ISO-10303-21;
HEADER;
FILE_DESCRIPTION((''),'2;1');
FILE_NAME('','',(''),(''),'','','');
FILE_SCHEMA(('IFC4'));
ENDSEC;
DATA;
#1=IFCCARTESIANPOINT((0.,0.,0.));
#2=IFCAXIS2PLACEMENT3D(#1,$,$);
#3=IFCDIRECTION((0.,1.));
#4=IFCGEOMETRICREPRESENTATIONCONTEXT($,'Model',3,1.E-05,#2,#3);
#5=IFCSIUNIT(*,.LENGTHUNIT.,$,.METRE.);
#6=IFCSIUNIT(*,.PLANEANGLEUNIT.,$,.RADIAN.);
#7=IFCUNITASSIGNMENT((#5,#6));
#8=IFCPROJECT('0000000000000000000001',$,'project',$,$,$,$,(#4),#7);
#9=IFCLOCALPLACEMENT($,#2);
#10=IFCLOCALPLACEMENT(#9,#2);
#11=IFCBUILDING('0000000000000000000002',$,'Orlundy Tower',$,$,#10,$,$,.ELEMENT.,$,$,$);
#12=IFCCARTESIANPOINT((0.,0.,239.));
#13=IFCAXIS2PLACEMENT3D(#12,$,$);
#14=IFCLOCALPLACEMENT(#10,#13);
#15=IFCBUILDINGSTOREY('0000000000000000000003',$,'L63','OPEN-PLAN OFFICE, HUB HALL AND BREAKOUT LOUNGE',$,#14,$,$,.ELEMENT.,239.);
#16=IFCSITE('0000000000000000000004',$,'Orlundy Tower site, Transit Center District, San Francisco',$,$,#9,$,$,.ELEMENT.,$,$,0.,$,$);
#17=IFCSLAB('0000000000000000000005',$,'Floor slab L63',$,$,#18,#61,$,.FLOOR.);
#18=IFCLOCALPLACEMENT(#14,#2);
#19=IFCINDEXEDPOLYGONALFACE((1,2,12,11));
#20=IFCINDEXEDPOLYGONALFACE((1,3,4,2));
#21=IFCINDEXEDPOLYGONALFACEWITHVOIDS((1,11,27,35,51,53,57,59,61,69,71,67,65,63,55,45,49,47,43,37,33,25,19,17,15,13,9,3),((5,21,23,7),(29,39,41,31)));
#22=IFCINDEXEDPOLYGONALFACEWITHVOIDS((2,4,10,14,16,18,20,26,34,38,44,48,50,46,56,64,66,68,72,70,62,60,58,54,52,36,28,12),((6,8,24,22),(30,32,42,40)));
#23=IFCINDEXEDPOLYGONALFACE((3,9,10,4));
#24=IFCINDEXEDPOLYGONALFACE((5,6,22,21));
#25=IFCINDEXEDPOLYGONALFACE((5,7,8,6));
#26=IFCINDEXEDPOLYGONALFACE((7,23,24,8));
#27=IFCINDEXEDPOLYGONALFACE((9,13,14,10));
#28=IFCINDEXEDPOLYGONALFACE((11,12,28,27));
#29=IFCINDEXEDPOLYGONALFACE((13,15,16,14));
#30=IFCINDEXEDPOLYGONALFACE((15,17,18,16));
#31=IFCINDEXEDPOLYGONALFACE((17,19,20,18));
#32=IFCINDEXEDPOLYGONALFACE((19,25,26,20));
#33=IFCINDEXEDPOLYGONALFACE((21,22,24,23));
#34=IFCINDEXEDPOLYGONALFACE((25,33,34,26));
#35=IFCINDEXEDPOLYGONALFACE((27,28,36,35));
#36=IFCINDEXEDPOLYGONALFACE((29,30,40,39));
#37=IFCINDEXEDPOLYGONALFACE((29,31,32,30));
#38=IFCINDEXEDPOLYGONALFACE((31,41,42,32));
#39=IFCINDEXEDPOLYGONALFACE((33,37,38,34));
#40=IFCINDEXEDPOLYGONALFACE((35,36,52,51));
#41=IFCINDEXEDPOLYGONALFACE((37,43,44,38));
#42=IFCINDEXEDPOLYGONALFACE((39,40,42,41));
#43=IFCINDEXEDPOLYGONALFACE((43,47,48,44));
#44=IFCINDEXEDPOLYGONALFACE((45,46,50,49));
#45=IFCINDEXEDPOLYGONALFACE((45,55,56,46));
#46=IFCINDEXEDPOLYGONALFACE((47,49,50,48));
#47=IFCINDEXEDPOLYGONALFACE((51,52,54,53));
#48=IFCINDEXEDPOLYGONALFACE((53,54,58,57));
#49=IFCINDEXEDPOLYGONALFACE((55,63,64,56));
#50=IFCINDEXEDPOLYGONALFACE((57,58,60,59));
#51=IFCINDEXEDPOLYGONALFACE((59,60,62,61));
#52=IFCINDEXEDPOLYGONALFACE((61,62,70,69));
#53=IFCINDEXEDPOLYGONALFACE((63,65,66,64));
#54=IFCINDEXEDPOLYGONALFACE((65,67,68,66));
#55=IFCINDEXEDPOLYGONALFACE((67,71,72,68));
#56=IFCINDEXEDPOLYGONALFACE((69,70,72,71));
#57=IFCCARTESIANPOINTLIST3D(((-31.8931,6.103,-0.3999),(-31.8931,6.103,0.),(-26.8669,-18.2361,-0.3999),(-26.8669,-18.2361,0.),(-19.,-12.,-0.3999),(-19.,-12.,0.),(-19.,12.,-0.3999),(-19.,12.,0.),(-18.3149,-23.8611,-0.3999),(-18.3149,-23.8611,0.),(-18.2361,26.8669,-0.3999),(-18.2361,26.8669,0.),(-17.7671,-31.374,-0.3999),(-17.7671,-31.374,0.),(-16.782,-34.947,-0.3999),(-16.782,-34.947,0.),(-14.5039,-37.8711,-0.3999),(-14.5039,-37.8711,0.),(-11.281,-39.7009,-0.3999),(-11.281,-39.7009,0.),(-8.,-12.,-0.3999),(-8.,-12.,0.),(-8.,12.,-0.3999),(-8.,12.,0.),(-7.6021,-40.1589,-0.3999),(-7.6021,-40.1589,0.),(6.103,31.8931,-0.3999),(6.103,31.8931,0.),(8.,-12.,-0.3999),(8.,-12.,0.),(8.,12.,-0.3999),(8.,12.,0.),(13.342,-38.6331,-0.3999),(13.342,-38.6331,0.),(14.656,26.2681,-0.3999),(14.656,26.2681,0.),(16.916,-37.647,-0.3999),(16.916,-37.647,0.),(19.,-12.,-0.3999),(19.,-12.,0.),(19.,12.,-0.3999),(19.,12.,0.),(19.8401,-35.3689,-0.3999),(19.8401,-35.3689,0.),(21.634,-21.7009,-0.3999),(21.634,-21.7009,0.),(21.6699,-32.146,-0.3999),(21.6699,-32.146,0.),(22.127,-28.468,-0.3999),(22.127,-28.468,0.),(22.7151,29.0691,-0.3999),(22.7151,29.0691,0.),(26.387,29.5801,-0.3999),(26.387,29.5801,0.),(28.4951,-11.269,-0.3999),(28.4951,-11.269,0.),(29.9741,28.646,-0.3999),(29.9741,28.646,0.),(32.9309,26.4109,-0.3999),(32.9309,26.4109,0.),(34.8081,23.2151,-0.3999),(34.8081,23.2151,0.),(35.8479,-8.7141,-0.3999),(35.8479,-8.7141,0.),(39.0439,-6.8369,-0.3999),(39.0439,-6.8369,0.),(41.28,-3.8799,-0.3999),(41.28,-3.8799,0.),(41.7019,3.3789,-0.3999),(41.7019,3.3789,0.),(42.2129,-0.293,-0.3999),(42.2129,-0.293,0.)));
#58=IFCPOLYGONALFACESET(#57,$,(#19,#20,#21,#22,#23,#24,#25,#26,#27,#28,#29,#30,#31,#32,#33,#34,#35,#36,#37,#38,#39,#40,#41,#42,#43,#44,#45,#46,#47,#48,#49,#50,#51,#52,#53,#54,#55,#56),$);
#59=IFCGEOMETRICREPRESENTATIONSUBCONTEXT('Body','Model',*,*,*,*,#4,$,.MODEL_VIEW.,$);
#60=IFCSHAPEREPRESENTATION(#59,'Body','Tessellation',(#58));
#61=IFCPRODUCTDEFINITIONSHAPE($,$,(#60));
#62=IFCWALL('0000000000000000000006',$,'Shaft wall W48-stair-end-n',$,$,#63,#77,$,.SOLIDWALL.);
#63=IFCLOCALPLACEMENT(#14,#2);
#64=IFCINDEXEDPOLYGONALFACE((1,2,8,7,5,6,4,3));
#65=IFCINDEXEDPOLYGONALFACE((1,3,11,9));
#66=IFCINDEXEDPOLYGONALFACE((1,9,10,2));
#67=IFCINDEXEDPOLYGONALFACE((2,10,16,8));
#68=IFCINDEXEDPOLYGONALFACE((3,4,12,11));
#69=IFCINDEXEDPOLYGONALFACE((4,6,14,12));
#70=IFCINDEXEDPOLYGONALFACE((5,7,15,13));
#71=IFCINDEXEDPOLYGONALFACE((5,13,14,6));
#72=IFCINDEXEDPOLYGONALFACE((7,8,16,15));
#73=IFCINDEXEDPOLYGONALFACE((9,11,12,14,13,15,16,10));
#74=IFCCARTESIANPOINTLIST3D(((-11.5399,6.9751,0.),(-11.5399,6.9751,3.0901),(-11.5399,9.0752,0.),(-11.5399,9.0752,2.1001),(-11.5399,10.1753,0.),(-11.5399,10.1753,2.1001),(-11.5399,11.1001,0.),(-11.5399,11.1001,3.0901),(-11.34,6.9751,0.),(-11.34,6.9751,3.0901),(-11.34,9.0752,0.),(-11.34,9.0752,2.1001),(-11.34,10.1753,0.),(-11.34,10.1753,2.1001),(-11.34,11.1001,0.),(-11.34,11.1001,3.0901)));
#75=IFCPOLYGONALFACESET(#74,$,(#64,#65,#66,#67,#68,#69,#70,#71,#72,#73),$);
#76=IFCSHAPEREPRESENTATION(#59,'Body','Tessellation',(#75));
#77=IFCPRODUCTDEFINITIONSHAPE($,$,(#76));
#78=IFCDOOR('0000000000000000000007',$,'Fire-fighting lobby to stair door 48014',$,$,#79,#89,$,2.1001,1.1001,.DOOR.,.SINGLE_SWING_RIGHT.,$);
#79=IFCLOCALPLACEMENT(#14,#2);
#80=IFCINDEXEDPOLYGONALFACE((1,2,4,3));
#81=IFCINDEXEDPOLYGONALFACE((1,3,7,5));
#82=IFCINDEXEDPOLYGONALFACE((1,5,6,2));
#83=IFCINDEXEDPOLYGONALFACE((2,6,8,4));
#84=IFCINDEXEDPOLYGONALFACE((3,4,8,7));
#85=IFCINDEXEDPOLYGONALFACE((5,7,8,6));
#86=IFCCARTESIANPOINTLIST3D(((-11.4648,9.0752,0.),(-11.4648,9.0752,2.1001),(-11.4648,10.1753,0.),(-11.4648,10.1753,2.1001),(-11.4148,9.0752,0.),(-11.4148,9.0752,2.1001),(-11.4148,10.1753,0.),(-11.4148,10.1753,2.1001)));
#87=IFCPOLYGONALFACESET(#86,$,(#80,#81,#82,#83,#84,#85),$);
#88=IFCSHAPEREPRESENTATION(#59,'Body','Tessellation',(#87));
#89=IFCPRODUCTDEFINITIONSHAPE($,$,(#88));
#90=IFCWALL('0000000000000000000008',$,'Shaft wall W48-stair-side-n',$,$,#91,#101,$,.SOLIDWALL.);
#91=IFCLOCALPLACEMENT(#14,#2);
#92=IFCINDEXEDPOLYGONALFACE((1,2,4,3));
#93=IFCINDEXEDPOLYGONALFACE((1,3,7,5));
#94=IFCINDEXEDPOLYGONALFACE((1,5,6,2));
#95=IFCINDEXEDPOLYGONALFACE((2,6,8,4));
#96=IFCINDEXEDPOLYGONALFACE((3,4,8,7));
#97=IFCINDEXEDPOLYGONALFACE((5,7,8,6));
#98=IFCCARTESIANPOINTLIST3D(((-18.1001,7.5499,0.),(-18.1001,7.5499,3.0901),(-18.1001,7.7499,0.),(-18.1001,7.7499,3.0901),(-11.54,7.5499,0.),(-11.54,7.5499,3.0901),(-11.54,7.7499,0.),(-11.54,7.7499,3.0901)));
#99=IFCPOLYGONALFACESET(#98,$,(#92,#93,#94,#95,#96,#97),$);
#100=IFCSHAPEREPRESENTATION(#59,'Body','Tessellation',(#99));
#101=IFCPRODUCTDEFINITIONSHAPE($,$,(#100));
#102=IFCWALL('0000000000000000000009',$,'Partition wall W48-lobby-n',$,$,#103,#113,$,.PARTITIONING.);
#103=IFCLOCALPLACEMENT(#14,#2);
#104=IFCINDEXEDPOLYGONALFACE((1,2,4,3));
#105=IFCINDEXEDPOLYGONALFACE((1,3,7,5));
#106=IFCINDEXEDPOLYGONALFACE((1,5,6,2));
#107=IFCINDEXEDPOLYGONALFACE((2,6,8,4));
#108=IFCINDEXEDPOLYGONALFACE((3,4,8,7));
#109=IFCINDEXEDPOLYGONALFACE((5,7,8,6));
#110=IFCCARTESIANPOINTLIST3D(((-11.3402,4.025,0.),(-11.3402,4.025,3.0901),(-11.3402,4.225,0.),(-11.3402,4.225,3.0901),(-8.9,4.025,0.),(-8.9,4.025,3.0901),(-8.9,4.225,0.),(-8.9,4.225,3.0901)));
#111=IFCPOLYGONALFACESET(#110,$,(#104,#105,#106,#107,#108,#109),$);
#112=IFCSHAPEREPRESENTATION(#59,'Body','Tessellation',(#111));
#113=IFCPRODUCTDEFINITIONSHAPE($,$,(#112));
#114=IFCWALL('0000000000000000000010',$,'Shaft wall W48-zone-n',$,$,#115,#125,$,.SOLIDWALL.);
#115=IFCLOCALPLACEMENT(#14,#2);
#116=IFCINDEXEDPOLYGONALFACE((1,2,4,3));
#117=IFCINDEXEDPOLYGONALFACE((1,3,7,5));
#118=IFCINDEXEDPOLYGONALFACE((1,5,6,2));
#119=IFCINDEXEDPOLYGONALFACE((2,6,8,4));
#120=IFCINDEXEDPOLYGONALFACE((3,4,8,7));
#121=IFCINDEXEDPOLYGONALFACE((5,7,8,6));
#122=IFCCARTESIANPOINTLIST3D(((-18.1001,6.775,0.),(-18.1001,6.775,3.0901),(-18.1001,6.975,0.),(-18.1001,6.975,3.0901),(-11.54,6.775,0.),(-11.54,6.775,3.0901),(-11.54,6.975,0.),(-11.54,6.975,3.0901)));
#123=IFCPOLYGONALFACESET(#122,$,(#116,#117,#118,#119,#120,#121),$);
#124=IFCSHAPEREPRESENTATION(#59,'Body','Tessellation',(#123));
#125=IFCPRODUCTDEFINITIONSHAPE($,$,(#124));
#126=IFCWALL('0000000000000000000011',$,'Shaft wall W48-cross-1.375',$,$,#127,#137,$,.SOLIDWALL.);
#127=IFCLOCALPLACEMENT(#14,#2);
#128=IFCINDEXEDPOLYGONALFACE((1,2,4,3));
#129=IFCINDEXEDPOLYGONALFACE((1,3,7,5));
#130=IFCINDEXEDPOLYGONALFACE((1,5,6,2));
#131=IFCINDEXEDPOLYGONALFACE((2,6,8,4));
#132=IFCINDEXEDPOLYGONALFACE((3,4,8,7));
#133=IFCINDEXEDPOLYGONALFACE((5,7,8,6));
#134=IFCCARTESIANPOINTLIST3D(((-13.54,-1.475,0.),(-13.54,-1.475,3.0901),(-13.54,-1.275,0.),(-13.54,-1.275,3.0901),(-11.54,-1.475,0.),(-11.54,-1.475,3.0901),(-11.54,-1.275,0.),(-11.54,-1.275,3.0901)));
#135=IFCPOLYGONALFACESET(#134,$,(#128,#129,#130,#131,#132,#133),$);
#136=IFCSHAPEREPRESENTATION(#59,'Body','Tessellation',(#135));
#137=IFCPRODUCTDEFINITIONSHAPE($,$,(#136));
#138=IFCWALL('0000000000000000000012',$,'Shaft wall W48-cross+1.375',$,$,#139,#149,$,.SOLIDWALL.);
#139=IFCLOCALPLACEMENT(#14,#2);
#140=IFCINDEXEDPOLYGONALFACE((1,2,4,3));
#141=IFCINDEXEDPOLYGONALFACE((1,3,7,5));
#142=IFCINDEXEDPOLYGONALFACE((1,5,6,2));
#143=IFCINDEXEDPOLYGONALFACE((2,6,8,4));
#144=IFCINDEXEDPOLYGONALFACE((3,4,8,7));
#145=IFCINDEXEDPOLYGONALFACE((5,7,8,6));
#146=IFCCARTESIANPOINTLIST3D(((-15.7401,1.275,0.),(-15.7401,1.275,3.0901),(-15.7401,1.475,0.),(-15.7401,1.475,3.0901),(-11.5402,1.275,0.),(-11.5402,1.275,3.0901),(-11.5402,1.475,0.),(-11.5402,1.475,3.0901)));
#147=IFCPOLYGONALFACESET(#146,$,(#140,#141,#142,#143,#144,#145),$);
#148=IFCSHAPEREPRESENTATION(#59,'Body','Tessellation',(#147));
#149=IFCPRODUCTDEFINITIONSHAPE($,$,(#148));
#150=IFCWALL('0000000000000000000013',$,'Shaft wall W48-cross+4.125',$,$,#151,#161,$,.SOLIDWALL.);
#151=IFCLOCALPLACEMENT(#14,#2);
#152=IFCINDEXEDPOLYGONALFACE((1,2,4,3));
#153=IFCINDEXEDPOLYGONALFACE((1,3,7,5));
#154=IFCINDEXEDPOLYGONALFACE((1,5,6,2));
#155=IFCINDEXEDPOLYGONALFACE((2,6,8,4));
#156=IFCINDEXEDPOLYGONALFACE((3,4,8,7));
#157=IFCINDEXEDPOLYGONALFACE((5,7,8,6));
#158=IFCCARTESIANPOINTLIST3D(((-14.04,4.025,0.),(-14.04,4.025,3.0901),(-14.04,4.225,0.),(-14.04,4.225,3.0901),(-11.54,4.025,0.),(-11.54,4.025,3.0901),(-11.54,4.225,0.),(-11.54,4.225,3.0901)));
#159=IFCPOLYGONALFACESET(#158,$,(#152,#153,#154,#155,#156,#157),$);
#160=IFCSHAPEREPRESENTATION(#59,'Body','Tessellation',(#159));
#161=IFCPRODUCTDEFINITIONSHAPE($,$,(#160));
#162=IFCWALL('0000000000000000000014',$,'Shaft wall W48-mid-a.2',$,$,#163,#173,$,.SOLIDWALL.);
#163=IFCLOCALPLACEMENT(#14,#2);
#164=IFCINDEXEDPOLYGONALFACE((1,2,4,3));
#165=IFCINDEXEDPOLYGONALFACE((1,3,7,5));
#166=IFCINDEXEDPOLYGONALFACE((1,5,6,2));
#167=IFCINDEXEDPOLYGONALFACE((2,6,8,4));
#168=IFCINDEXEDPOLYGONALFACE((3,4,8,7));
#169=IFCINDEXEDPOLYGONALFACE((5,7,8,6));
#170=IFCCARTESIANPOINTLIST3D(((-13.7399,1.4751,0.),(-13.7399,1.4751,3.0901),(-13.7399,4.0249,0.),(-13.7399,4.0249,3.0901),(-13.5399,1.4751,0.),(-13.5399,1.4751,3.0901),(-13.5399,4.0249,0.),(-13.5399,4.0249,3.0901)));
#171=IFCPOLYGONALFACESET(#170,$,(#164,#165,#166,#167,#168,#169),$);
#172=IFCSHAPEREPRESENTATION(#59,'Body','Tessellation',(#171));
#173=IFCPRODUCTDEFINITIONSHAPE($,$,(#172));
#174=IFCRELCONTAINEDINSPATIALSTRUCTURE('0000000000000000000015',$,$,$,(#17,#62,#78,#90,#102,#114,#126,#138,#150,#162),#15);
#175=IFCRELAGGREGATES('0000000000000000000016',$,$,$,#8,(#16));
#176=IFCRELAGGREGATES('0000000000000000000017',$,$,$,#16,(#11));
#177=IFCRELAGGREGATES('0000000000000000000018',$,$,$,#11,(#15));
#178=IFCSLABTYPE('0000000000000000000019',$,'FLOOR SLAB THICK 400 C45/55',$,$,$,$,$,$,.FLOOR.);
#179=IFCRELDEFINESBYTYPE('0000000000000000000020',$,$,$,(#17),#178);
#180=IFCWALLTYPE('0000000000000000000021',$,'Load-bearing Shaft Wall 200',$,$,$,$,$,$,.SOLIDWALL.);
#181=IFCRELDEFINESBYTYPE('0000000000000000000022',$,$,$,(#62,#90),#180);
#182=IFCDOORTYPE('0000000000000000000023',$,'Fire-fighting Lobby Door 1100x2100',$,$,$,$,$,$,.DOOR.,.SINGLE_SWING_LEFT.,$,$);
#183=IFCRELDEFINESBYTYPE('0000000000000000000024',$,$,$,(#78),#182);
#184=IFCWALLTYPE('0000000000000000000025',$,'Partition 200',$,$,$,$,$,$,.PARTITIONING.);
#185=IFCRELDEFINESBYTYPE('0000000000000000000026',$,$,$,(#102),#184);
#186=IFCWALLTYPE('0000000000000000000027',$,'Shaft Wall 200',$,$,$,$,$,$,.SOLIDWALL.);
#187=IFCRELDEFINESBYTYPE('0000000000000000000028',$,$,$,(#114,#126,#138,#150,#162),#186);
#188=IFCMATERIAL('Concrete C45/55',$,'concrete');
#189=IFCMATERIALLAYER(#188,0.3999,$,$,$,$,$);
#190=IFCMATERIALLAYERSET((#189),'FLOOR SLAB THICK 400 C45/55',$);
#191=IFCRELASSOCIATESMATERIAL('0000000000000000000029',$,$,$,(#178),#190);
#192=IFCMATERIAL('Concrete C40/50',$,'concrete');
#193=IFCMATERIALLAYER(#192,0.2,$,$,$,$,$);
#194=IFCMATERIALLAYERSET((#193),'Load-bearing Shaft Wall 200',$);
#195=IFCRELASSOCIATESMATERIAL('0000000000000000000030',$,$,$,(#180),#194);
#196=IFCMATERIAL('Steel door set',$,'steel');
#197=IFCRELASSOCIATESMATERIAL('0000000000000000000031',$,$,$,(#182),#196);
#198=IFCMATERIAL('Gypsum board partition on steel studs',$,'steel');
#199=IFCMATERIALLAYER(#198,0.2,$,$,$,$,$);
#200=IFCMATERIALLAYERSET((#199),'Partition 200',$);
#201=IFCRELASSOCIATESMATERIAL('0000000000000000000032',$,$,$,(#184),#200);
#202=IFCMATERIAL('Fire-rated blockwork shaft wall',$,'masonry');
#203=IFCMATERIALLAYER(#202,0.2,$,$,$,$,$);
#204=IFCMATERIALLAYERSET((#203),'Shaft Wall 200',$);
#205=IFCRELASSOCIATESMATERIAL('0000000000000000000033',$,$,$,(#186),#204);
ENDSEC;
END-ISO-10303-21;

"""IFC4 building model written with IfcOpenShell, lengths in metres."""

from ifc_helpers import new_model, si_unit, direction, frame, frame_2d, origin, place, context, subcontext, project, spatial, polyline, rectangle, outline, extrude, material, layer, layer_set, type_object, element, fill, save


model = new_model("IFC4")

# Units and contexts
model_context = context("Model", 3, precision=1e-05, world=origin(), true_north=direction((0.0, 1.0)))
body_context = subcontext(model_context, "Body", "Model", "MODEL_VIEW")
ifc_project = project(units=[si_unit("LENGTHUNIT", "METRE"), si_unit("PLANEANGLEUNIT", "RADIAN")], contexts=[model_context])

# Site, building, storey
site_placement = place(None, origin())
site = spatial("IfcSite", under=ifc_project, at=site_placement, Name="Orlundy Tower site, Transit Center District, San Francisco", CompositionType="ELEMENT", RefElevation=0.0)
building_placement = place(site_placement, origin())
building = spatial("IfcBuilding", under=site, at=building_placement, Name="Orlundy Tower", CompositionType="ELEMENT")
storey_placement = place(building_placement, frame((0.0, 0.0, 239.0)))
storey = spatial("IfcBuildingStorey", under=building, at=storey_placement, Name="L63", Description="OPEN-PLAN OFFICE, HUB HALL AND BREAKOUT LOUNGE", CompositionType="ELEMENT", Elevation=239.0)

# Slab
ifc_material_1 = material(Name="Concrete C45/55", Category="concrete")
ifc_layer_1 = layer(ifc_material_1, 0.3999)
ifc_layer_set_1 = layer_set([ifc_layer_1], Name="FLOOR SLAB THICK 400 C45/55")
slab_type_1 = type_object("IfcSlabType", Name="FLOOR SLAB THICK 400 C45/55", PredefinedType="FLOOR", material=ifc_layer_set_1)
slab_1_placement = place(storey_placement, frame((0.0, 0.0, -0.3999)))
element("IfcSlab", 1, at=slab_1_placement, inside=storey, type_object=slab_type_1, Name="Floor slab L63", PredefinedType="FLOOR", context=body_context, shape_type="SweptSolid", body=[
    extrude(outline(polyline([(28.4951, -11.269), (21.634, -21.7009), (22.127, -28.468), (21.6699, -32.146), (19.8401, -35.3689), (16.916, -37.647), (13.342, -38.6331), (-7.6021, -40.1589), (-11.281, -39.7009), (-14.5039, -37.8711), (-16.782, -34.947), (-17.7671, -31.374), (-18.3149, -23.8611), (-26.8669, -18.2361), (-31.8931, 6.103), (-18.2361, 26.8669), (6.103, 31.8931), (14.656, 26.2681), (22.7151, 29.0691), (26.387, 29.5801), (29.9741, 28.646), (32.9309, 26.4109), (34.8081, 23.2151), (41.7019, 3.3789), (42.2129, -0.293), (41.28, -3.8799), (39.0439, -6.8369), (35.8479, -8.7141), (28.4951, -11.269)]), holes=[polyline([(-8.0, -12.0), (-8.0, 12.0), (-19.0, 12.0), (-19.0, -12.0), (-8.0, -12.0)]), polyline([(19.0, -12.0), (19.0, 12.0), (8.0, 12.0), (8.0, -12.0), (19.0, -12.0)])]), origin(), (0.0, 0.0, 1.0), 0.3999),
])

# Wall, opening, door
ifc_material_2 = material(Name="Concrete C40/50", Category="concrete")
ifc_layer_2 = layer(ifc_material_2, 0.2)
ifc_layer_set_2 = layer_set([ifc_layer_2], Name="Load-bearing Shaft Wall 200")
wall_type_1 = type_object("IfcWallType", Name="Load-bearing Shaft Wall 200", PredefinedType="SOLIDWALL", material=ifc_layer_set_2)
wall_1_placement = place(storey_placement, frame((-11.4399, 6.9751, 0.0), z_axis=(0.0, 0.0, 1.0), x_axis=(0.0, 1.0, 0.0)))
wall_1 = element("IfcWall", 2, at=wall_1_placement, inside=storey, type_object=wall_type_1, Name="Shaft wall W48-stair-end-n", PredefinedType="SOLIDWALL", context=body_context, shape_type="SweptSolid", body=[
    extrude(rectangle(XDim=4.125, YDim=0.2, at=frame_2d((2.0625, 0.0))), origin(), (0.0, 0.0, 1.0), 3.0901),
])
opening_placement = place(wall_1_placement, frame((2.1001, 0.0, 0.0)))
opening = element("IfcOpeningElement", 3, at=opening_placement, cuts=wall_1, PredefinedType="OPENING", context=body_context, shape_type="SweptSolid", body=[
    extrude(rectangle(XDim=1.1001, YDim=2.1001, at=frame_2d((0.55, 1.05))), frame((0.0, 0.1101, 0.0), z_axis=(0.0, -1.0, 0.0), x_axis=(1.0, 0.0, 0.0)), (0.0, 0.0, 1.0), 0.2202),
])
ifc_material_3 = material(Name="Steel door set", Category="steel")
door_type = type_object("IfcDoorType", Name="Fire-fighting Lobby Door 1100x2100", OperationType="SINGLE_SWING_LEFT", PredefinedType="DOOR", material=ifc_material_3)
door_placement = place(opening_placement, origin())
door = element("IfcDoor", 4, at=door_placement, inside=storey, type_object=door_type, Name="Fire-fighting lobby to stair door 48014", OperationType="SINGLE_SWING_RIGHT", OverallHeight=2.1001, OverallWidth=1.1001, PredefinedType="DOOR", context=body_context, shape_type="SweptSolid", body=[
    extrude(rectangle(XDim=1.1001, YDim=2.1001, at=frame_2d((0.55, 1.05))), frame((0.0, 0.0249, 0.0), z_axis=(0.0, -1.0, 0.0), x_axis=(1.0, 0.0, 0.0)), (0.0, 0.0, 1.0), 0.05),
])
fill(opening, door)

# Walls
wall_2_placement = place(storey_placement, frame((-11.54, 7.6499, 0.0), z_axis=(0.0, 0.0, 1.0), x_axis=(-1.0, 0.0, 0.0)))
element("IfcWall", 5, at=wall_2_placement, inside=storey, type_object=wall_type_1, Name="Shaft wall W48-stair-side-n", PredefinedType="SOLIDWALL", context=body_context, shape_type="SweptSolid", body=[
    extrude(rectangle(XDim=6.5601, YDim=0.2, at=frame_2d((3.28, 0.0))), origin(), (0.0, 0.0, 1.0), 3.0901),
])
ifc_material_4 = material(Name="Gypsum board partition on steel studs", Category="steel")
ifc_layer_3 = layer(ifc_material_4, 0.2)
ifc_layer_set_3 = layer_set([ifc_layer_3], Name="Partition 200")
wall_type_2 = type_object("IfcWallType", Name="Partition 200", PredefinedType="PARTITIONING", material=ifc_layer_set_3)
wall_3_placement = place(storey_placement, frame((-8.8999, 4.125, 0.0), z_axis=(0.0, 0.0, 1.0), x_axis=(-1.0, 0.0, 0.0)))
element("IfcWall", 6, at=wall_3_placement, inside=storey, type_object=wall_type_2, Name="Partition wall W48-lobby-n", PredefinedType="PARTITIONING", context=body_context, shape_type="SweptSolid", body=[
    extrude(rectangle(XDim=2.4402, YDim=0.2, at=frame_2d((1.2202, 0.0))), origin(), (0.0, 0.0, 1.0), 3.0901),
])
ifc_material_5 = material(Name="Fire-rated blockwork shaft wall", Category="masonry")
ifc_layer_4 = layer(ifc_material_5, 0.2)
ifc_layer_set_4 = layer_set([ifc_layer_4], Name="Shaft Wall 200")
wall_type_3 = type_object("IfcWallType", Name="Shaft Wall 200", PredefinedType="SOLIDWALL", material=ifc_layer_set_4)
wall_4_placement = place(storey_placement, frame((-11.54, 6.875, 0.0), z_axis=(0.0, 0.0, 1.0), x_axis=(-1.0, 0.0, 0.0)))
element("IfcWall", 7, at=wall_4_placement, inside=storey, type_object=wall_type_3, Name="Shaft wall W48-zone-n", PredefinedType="SOLIDWALL", context=body_context, shape_type="SweptSolid", body=[
    extrude(rectangle(XDim=6.5601, YDim=0.2, at=frame_2d((3.28, 0.0))), origin(), (0.0, 0.0, 1.0), 3.0901),
])
wall_5_placement = place(storey_placement, frame((-11.54, -1.375, 0.0), z_axis=(0.0, 0.0, 1.0), x_axis=(-1.0, 0.0, 0.0)))
element("IfcWall", 8, at=wall_5_placement, inside=storey, type_object=wall_type_3, Name="Shaft wall W48-cross-1.375", PredefinedType="SOLIDWALL", context=body_context, shape_type="SweptSolid", body=[
    extrude(rectangle(XDim=2.0, YDim=0.2, at=frame_2d((1.0, 0.0))), origin(), (0.0, 0.0, 1.0), 3.0901),
])
wall_6_placement = place(storey_placement, frame((-11.54, 1.375, 0.0), z_axis=(0.0, 0.0, 1.0), x_axis=(-1.0, 0.0, 0.0)))
element("IfcWall", 9, at=wall_6_placement, inside=storey, type_object=wall_type_3, Name="Shaft wall W48-cross+1.375", PredefinedType="SOLIDWALL", context=body_context, shape_type="SweptSolid", body=[
    extrude(rectangle(XDim=4.2, YDim=0.2, at=frame_2d((2.1001, 0.0))), origin(), (0.0, 0.0, 1.0), 3.0901),
])
wall_7_placement = place(storey_placement, frame((-11.54, 4.125, 0.0), z_axis=(0.0, 0.0, 1.0), x_axis=(-1.0, 0.0, 0.0)))
element("IfcWall", 10, at=wall_7_placement, inside=storey, type_object=wall_type_3, Name="Shaft wall W48-cross+4.125", PredefinedType="SOLIDWALL", context=body_context, shape_type="SweptSolid", body=[
    extrude(rectangle(XDim=2.5, YDim=0.2, at=frame_2d((1.25, 0.0))), origin(), (0.0, 0.0, 1.0), 3.0901),
])
wall_8_placement = place(storey_placement, frame((-13.6399, 1.4751, 0.0), z_axis=(0.0, 0.0, 1.0), x_axis=(0.0, 1.0, 0.0)))
element("IfcWall", 11, at=wall_8_placement, inside=storey, type_object=wall_type_3, Name="Shaft wall W48-mid-a.2", PredefinedType="SOLIDWALL", context=body_context, shape_type="SweptSolid", body=[
    extrude(rectangle(XDim=2.5498, YDim=0.2, at=frame_2d((1.2749, 0.0))), origin(), (0.0, 0.0, 1.0), 3.0901),
])

save(model, "model.ifc")
